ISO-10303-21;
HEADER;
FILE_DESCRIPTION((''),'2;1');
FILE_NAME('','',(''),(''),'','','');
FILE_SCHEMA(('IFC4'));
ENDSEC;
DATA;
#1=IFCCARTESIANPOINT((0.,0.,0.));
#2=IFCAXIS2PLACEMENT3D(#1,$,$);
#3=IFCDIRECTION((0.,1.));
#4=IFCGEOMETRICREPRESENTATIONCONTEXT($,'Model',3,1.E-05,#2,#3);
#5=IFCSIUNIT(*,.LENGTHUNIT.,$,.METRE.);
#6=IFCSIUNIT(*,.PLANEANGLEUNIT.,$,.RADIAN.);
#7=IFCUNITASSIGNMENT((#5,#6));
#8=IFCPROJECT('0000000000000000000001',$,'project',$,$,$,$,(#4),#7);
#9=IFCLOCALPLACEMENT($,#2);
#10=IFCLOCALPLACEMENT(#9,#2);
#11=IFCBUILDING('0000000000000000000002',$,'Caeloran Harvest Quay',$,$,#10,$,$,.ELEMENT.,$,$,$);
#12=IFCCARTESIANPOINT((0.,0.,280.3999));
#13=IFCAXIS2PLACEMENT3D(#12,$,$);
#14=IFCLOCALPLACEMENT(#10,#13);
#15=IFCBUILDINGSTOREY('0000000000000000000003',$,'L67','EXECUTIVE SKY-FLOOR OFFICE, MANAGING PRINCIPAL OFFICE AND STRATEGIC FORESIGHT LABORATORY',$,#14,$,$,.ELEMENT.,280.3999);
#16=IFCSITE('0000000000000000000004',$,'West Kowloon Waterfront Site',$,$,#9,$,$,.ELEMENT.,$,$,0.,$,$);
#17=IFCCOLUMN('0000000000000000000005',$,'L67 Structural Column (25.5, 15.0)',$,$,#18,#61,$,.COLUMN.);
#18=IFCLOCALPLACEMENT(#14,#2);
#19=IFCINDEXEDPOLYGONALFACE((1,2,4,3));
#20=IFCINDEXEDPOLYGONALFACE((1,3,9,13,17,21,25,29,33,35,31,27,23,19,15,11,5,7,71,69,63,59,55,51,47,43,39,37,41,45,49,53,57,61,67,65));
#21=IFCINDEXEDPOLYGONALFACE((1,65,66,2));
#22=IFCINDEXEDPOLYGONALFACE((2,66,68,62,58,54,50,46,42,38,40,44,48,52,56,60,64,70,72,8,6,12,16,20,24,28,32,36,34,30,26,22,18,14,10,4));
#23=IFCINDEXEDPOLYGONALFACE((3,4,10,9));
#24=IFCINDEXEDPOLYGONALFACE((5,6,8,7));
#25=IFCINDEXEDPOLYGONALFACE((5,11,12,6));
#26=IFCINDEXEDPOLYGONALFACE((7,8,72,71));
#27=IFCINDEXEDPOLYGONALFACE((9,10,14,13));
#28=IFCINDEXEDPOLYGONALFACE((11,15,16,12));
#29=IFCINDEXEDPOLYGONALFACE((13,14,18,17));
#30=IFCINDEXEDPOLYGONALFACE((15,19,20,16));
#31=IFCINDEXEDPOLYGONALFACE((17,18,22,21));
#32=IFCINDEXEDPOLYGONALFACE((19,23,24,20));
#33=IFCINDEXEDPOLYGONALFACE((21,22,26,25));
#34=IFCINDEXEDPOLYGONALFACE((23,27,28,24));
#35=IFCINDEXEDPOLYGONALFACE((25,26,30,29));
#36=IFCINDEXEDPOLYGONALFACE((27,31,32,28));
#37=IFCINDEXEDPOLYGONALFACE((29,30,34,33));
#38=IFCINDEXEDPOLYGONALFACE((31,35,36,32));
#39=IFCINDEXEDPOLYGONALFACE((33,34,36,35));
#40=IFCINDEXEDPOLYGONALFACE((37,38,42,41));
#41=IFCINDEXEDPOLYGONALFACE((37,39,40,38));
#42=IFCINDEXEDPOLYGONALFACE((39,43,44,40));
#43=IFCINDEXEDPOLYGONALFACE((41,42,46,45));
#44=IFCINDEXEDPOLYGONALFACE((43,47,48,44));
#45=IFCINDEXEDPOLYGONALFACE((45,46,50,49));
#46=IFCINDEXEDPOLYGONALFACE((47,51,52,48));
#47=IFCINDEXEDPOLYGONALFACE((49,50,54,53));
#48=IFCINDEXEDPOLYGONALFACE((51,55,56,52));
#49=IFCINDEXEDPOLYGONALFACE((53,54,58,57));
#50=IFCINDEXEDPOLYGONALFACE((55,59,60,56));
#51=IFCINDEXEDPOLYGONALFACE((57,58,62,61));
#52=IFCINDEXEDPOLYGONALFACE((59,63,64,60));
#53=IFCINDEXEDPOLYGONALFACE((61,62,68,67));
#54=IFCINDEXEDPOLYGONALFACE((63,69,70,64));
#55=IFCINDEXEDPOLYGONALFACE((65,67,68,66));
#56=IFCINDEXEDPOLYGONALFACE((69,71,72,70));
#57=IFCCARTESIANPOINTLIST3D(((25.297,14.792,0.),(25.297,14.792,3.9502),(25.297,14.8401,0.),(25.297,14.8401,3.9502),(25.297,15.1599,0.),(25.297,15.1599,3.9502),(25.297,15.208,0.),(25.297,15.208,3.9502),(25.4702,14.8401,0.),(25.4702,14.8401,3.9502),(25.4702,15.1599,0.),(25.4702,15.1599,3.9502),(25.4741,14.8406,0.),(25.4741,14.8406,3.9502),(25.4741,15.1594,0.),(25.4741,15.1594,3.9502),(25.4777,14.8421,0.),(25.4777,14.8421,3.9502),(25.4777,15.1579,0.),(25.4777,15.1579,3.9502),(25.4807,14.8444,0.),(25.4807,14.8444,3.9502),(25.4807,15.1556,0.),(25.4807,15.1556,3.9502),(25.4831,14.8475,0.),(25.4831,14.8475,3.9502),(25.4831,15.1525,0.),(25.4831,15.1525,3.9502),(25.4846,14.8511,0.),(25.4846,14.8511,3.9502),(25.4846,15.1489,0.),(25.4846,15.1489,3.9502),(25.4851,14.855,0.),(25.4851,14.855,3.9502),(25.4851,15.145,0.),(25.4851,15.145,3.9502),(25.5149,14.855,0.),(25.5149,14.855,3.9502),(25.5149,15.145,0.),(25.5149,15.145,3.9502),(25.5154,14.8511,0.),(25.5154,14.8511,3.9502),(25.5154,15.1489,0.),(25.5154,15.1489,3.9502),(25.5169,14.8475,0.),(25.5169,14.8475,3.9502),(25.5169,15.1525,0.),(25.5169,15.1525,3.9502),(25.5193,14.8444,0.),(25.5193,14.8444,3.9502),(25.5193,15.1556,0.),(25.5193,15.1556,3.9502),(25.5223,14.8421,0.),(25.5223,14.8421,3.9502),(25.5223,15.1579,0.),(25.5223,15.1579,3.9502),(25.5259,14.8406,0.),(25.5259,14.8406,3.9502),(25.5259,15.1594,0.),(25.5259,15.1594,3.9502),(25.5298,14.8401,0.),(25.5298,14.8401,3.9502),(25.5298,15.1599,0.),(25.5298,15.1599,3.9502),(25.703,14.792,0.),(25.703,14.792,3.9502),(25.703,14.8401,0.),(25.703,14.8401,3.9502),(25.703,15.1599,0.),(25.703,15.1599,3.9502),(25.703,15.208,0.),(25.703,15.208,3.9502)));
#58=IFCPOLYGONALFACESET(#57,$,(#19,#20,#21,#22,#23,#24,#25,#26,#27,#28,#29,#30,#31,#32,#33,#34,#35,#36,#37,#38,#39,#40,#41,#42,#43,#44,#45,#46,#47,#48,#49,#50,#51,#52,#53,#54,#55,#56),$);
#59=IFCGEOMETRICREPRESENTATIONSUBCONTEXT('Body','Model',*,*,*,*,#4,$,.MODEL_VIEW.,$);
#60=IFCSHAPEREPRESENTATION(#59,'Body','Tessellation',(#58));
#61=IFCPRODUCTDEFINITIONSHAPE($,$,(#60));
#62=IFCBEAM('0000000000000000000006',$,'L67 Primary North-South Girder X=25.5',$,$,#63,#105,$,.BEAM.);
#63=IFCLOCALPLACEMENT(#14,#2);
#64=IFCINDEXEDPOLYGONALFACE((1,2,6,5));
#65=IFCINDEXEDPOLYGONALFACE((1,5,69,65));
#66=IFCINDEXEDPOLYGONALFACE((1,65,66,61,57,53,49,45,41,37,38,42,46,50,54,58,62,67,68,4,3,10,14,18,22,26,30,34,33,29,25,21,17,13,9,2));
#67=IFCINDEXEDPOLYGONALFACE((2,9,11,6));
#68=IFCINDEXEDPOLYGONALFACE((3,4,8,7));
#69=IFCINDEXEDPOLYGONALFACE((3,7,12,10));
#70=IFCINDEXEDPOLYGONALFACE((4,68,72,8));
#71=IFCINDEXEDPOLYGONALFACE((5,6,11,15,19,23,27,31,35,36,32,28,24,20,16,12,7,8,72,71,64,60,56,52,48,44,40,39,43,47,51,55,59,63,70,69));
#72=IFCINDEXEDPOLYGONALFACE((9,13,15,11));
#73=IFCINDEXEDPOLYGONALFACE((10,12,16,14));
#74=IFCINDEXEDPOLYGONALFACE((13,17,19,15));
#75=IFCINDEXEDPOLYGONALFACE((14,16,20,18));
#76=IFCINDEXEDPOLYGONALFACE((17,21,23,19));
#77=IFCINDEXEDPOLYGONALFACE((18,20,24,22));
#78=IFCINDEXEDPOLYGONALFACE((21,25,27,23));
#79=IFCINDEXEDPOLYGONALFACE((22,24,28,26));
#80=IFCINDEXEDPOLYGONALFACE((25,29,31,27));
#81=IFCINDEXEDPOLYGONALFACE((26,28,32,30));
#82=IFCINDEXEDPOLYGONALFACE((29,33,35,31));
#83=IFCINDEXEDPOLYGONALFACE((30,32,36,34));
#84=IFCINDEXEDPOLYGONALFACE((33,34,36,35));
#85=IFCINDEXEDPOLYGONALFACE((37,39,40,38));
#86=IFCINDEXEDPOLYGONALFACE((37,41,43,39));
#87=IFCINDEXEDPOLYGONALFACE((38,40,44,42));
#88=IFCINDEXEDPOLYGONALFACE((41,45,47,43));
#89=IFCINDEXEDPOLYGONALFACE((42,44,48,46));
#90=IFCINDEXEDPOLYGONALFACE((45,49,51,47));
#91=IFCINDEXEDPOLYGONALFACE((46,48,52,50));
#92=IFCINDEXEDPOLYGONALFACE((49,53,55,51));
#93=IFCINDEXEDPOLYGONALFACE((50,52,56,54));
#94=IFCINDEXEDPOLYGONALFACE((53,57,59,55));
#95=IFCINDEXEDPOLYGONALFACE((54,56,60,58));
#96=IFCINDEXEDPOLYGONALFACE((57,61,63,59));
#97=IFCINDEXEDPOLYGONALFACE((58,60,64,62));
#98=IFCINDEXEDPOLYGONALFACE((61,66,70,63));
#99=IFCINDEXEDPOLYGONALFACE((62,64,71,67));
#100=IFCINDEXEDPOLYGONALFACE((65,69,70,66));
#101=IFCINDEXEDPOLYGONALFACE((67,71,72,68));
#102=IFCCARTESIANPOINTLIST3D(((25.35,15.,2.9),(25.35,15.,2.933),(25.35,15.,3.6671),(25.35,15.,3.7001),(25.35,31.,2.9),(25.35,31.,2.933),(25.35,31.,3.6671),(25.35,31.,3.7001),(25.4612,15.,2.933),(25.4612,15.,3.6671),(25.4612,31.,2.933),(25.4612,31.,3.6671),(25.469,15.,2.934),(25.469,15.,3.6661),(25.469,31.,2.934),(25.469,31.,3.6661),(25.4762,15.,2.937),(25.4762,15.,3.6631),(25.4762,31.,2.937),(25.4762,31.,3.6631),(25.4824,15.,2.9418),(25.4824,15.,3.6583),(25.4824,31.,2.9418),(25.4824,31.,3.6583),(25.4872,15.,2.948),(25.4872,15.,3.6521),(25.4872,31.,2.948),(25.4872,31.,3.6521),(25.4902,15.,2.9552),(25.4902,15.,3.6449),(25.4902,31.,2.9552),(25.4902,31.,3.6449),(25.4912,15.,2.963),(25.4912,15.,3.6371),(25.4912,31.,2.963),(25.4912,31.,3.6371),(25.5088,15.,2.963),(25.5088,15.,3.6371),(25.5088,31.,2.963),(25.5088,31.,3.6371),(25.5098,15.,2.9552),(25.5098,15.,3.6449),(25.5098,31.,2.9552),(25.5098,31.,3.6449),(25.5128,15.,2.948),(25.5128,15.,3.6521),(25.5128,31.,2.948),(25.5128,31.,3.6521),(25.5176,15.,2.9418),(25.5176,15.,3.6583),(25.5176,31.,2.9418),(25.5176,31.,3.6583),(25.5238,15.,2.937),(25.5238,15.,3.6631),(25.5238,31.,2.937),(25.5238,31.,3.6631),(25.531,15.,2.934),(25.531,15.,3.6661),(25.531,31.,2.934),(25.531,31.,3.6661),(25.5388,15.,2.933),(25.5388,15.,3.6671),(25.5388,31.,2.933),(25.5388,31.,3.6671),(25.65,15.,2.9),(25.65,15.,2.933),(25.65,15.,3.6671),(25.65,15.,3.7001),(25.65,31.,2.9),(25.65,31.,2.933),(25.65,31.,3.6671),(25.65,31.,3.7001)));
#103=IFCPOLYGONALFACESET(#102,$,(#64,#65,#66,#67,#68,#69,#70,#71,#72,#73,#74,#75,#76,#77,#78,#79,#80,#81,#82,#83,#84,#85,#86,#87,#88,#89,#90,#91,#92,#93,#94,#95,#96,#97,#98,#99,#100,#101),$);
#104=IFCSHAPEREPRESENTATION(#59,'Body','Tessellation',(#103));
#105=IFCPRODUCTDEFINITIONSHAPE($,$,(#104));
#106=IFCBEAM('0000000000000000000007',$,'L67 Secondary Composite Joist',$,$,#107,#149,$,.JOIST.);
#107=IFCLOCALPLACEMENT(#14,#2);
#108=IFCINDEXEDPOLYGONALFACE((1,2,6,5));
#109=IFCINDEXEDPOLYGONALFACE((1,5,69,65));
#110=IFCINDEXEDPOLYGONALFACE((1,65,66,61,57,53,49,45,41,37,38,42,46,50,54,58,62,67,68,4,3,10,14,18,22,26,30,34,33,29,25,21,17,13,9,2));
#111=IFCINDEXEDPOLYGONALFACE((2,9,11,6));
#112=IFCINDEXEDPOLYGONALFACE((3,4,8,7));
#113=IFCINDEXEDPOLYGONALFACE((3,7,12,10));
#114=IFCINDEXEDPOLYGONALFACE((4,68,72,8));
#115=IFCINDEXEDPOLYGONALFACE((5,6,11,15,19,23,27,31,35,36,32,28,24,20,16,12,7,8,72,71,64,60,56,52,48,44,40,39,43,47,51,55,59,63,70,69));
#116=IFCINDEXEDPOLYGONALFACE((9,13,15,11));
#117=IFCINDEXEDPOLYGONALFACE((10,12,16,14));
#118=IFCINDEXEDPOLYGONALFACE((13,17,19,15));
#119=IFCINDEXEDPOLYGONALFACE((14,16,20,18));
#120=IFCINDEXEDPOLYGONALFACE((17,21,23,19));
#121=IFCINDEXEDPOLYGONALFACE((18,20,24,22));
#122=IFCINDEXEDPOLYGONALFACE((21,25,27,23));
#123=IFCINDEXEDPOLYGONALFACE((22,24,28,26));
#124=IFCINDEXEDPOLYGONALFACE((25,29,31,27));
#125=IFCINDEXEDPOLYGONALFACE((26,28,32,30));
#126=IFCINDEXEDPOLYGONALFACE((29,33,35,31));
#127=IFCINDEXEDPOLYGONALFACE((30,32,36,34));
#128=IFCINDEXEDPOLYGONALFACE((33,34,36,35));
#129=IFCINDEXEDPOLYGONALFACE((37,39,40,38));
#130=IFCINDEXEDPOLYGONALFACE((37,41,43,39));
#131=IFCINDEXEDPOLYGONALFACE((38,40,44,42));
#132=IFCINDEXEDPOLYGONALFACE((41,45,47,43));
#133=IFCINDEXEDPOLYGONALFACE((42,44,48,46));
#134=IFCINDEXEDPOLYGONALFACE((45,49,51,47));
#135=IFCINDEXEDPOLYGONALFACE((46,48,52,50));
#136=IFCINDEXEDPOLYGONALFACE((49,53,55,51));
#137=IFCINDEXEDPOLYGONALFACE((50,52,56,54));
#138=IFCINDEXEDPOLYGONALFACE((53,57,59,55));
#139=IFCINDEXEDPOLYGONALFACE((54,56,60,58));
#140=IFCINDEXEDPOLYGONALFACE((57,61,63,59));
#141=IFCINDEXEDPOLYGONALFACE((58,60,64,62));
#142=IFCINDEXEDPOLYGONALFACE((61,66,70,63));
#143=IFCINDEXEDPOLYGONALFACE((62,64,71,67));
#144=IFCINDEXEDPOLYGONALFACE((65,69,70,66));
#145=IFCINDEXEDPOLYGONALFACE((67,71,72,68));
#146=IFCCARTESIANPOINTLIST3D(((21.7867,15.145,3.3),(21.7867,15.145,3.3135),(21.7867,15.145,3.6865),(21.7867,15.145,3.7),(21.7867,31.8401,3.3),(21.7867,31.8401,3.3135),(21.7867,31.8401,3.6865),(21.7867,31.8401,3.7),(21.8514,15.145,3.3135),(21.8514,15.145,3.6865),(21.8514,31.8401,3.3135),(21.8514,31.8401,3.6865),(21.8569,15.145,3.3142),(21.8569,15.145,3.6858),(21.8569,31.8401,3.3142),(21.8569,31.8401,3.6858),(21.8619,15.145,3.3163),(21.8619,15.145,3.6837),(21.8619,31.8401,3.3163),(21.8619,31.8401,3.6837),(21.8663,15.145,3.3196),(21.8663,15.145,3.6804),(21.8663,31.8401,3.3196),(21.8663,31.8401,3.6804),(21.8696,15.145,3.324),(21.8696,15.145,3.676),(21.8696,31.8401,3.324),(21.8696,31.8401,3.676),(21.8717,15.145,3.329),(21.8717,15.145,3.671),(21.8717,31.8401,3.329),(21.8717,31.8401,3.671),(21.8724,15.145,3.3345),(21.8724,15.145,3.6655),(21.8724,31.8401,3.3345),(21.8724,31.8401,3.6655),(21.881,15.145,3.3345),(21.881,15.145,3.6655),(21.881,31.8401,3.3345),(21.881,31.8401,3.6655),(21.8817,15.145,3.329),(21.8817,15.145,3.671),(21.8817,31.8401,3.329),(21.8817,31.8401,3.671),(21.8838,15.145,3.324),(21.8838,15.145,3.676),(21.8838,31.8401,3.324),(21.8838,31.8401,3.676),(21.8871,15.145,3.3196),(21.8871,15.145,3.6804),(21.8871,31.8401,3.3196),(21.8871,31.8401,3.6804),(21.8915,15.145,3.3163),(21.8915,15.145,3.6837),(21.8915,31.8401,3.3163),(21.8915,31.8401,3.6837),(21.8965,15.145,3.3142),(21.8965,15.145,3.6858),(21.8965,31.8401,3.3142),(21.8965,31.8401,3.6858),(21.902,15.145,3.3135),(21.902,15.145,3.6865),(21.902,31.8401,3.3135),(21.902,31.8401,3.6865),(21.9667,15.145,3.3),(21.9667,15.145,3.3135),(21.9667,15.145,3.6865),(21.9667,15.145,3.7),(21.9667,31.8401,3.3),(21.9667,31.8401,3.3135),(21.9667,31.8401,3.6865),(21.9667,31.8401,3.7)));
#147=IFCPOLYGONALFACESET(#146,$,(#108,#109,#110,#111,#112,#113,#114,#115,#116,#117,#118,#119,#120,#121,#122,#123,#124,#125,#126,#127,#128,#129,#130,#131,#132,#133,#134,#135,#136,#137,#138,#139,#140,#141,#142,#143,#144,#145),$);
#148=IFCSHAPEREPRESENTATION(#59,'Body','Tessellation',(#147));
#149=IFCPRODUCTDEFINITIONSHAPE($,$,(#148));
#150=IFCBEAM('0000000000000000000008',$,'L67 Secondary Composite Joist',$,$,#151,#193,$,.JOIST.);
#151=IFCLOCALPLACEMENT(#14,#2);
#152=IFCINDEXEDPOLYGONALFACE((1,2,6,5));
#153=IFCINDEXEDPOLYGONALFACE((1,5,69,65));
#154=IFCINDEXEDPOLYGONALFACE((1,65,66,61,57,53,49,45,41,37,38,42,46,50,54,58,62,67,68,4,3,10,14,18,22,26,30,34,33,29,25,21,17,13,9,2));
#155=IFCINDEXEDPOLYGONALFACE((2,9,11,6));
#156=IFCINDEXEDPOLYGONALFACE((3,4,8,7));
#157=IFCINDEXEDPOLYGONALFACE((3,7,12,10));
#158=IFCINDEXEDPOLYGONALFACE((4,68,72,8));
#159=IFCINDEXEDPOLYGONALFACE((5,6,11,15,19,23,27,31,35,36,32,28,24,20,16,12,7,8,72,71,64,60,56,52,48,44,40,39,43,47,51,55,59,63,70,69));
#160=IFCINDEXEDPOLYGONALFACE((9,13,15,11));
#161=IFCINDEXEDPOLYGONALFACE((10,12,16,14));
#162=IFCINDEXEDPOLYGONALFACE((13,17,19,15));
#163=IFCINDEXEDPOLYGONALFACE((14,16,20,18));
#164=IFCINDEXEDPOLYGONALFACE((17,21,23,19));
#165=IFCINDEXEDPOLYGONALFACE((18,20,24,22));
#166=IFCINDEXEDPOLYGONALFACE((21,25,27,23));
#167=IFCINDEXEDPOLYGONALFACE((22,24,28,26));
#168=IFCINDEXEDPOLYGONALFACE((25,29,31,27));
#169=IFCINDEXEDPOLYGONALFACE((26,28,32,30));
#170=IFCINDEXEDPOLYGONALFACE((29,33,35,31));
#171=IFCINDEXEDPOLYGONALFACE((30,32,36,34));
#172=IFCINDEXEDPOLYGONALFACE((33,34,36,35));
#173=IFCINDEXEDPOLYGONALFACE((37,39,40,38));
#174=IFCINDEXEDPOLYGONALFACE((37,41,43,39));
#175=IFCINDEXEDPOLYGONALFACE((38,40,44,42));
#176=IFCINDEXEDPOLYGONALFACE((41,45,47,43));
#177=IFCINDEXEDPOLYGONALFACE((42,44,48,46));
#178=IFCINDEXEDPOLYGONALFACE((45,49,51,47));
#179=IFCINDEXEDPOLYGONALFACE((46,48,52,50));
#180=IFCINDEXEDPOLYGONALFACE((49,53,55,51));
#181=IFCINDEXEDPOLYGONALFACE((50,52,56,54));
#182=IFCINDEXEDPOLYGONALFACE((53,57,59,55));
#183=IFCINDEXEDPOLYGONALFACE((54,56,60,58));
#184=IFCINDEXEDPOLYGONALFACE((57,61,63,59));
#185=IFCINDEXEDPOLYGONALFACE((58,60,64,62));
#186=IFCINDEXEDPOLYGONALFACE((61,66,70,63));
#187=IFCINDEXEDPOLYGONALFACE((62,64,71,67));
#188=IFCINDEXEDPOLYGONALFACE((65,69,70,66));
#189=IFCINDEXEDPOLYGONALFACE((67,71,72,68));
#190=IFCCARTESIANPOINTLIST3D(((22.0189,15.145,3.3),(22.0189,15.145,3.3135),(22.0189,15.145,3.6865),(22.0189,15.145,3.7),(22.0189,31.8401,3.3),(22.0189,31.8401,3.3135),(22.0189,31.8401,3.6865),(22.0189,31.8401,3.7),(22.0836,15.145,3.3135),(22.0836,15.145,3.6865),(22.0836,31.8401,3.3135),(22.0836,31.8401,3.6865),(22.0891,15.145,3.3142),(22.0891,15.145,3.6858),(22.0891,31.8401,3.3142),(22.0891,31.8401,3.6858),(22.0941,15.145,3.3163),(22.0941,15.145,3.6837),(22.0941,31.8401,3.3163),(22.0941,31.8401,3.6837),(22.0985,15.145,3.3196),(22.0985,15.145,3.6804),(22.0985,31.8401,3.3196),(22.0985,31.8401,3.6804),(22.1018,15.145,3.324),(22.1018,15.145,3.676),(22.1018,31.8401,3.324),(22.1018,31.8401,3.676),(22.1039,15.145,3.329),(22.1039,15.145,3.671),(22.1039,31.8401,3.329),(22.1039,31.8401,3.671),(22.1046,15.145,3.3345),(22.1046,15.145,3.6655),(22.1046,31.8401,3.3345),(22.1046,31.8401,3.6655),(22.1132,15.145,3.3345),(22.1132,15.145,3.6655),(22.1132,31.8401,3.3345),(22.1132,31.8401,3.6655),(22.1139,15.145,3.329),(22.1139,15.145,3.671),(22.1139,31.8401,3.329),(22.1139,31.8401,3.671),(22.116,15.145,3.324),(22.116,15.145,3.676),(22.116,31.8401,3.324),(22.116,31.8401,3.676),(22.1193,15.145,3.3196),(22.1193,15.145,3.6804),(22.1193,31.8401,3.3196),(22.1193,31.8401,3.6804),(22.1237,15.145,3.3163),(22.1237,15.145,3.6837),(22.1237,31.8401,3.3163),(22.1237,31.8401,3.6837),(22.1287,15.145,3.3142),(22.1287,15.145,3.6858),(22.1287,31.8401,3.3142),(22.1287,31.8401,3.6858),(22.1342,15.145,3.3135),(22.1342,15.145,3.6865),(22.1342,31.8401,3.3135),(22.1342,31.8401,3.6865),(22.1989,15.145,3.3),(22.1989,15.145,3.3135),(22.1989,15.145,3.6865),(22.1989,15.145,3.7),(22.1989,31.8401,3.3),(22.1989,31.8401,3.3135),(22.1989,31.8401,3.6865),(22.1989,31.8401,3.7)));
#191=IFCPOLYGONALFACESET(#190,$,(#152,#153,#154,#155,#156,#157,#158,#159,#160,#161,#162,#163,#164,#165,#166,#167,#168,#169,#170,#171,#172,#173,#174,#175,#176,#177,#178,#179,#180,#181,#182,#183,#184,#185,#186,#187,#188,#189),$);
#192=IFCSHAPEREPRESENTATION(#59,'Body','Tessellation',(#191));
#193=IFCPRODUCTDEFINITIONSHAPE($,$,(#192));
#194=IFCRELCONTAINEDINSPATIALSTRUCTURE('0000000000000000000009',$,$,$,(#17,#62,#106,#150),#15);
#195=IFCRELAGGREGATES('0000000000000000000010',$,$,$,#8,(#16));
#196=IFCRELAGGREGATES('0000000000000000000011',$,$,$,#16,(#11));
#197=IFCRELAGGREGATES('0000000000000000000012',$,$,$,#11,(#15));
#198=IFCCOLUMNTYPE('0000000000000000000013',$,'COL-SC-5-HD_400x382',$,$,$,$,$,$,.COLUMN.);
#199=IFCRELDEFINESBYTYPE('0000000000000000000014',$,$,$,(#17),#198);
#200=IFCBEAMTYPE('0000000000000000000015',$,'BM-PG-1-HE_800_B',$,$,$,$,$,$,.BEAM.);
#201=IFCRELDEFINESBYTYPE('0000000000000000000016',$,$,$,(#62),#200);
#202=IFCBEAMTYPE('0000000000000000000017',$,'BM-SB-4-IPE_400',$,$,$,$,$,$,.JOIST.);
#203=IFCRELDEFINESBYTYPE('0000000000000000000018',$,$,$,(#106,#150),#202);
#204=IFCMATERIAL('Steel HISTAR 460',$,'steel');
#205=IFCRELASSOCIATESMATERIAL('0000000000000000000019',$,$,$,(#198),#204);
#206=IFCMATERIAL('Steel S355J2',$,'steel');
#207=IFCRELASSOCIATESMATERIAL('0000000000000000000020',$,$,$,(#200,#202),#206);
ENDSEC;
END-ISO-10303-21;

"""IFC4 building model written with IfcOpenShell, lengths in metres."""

from ifc_helpers import new_model, si_unit, direction, frame, origin, origin_2d, place, context, subcontext, project, spatial, i_section, extrude, material, material_profile, profile_set, type_object, element, save


model = new_model("IFC4")

# Units and contexts
model_context = context("Model", 3, precision=1e-05, world=origin(), true_north=direction((0.0, 1.0)))
body_context = subcontext(model_context, "Body", "Model", "MODEL_VIEW")
ifc_project = project(units=[si_unit("LENGTHUNIT", "METRE"), si_unit("PLANEANGLEUNIT", "RADIAN")], contexts=[model_context])

# Site, building, storey
site_placement = place(None, origin())
site = spatial("IfcSite", under=ifc_project, at=site_placement, Name="West Kowloon Waterfront Site", CompositionType="ELEMENT", RefElevation=0.0)
building_placement = place(site_placement, origin())
building = spatial("IfcBuilding", under=site, at=building_placement, Name="Caeloran Harvest Quay", CompositionType="ELEMENT")
storey_placement = place(building_placement, frame((0.0, 0.0, 280.3999)))
storey = spatial("IfcBuildingStorey", under=building, at=storey_placement, Name="L67", Description="EXECUTIVE SKY-FLOOR OFFICE, MANAGING PRINCIPAL OFFICE AND STRATEGIC FORESIGHT LABORATORY", CompositionType="ELEMENT", Elevation=280.3999)

# Column
ifc_material_1 = material(Name="Steel HISTAR 460", Category="steel")
ifc_material_profile_1 = material_profile(ifc_material_1, i_section(OverallWidth=0.406, OverallDepth=0.416, WebThickness=0.0298, FlangeThickness=0.0481, FilletRadius=0.0149, at=origin_2d()), Name="HD 400x382")
ifc_profile_set_1 = profile_set([ifc_material_profile_1], Name="Steel HISTAR 460")
column_type = type_object("IfcColumnType", Name="COL-SC-5-HD_400x382", PredefinedType="COLUMN", material=ifc_profile_set_1)
column_placement = place(storey_placement, frame((25.5, 15.0, 0.0), z_axis=(0.0, 0.0, 1.0), x_axis=(1.0, 0.0, 0.0)))
element("IfcColumn", 1, at=column_placement, inside=storey, type_object=column_type, Name="L67 Structural Column (25.5, 15.0)", PredefinedType="COLUMN", context=body_context, shape_type="SweptSolid", body=[
    extrude(i_section(OverallWidth=0.406, OverallDepth=0.416, WebThickness=0.0298, FlangeThickness=0.0481, FilletRadius=0.0149, at=origin_2d()), origin(), (0.0, 0.0, 1.0), 3.9502),
])

# Beams
ifc_material_2 = material(Name="Steel S355J2", Category="steel")
ifc_material_profile_2 = material_profile(ifc_material_2, i_section(OverallWidth=0.3, OverallDepth=0.8, WebThickness=0.0176, FlangeThickness=0.033, FilletRadius=0.03, at=origin_2d()), Name="HE 800 B")
ifc_profile_set_2 = profile_set([ifc_material_profile_2], Name="Steel S355J2")
beam_type_1 = type_object("IfcBeamType", Name="BM-PG-1-HE_800_B", PredefinedType="BEAM", material=ifc_profile_set_2)
beam_placement = place(storey_placement, frame((25.5, 15.0, 3.3), z_axis=(0.0, 1.0, 0.0), x_axis=(-1.0, 0.0, 0.0)))
element("IfcBeam", 2, at=beam_placement, inside=storey, type_object=beam_type_1, Name="L67 Primary North-South Girder X=25.5", PredefinedType="BEAM", context=body_context, shape_type="SweptSolid", body=[
    extrude(i_section(OverallWidth=0.3, OverallDepth=0.8, WebThickness=0.0176, FlangeThickness=0.033, FilletRadius=0.03, at=origin_2d()), origin(), (0.0, 0.0, 1.0), 16.0),
])
ifc_material_profile_3 = material_profile(ifc_material_2, i_section(OverallWidth=0.1799, OverallDepth=0.3999, WebThickness=0.0085, FlangeThickness=0.0134, FilletRadius=0.021, at=origin_2d()), Name="IPE 400")
ifc_profile_set_3 = profile_set([ifc_material_profile_3], Name="Steel S355J2")
beam_type_2 = type_object("IfcBeamType", Name="BM-SB-4-IPE_400", PredefinedType="JOIST", material=ifc_profile_set_3)
for number, where, z_axis, x_axis, name in (
    (3, (21.8767, 15.145, 3.5), (0.0, 1.0, 0.0), (-1.0, 0.0, 0.0), "L67 Secondary Composite Joist"),
    (4, (22.1089, 15.145, 3.5), (0.0, 1.0, 0.0), (-1.0, 0.0, 0.0), "L67 Secondary Composite Joist"),
):
    element("IfcBeam", number, at=place(storey_placement, frame(where, z_axis=z_axis, x_axis=x_axis)), inside=storey, type_object=beam_type_2, Name=name, PredefinedType="JOIST", context=body_context, shape_type="SweptSolid", body=[
        extrude(i_section(OverallWidth=0.1799, OverallDepth=0.3999, WebThickness=0.0085, FlangeThickness=0.0134, FilletRadius=0.021, at=origin_2d()), origin(), (0.0, 0.0, 1.0), 16.6951),
    ])

save(model, "model.ifc")
